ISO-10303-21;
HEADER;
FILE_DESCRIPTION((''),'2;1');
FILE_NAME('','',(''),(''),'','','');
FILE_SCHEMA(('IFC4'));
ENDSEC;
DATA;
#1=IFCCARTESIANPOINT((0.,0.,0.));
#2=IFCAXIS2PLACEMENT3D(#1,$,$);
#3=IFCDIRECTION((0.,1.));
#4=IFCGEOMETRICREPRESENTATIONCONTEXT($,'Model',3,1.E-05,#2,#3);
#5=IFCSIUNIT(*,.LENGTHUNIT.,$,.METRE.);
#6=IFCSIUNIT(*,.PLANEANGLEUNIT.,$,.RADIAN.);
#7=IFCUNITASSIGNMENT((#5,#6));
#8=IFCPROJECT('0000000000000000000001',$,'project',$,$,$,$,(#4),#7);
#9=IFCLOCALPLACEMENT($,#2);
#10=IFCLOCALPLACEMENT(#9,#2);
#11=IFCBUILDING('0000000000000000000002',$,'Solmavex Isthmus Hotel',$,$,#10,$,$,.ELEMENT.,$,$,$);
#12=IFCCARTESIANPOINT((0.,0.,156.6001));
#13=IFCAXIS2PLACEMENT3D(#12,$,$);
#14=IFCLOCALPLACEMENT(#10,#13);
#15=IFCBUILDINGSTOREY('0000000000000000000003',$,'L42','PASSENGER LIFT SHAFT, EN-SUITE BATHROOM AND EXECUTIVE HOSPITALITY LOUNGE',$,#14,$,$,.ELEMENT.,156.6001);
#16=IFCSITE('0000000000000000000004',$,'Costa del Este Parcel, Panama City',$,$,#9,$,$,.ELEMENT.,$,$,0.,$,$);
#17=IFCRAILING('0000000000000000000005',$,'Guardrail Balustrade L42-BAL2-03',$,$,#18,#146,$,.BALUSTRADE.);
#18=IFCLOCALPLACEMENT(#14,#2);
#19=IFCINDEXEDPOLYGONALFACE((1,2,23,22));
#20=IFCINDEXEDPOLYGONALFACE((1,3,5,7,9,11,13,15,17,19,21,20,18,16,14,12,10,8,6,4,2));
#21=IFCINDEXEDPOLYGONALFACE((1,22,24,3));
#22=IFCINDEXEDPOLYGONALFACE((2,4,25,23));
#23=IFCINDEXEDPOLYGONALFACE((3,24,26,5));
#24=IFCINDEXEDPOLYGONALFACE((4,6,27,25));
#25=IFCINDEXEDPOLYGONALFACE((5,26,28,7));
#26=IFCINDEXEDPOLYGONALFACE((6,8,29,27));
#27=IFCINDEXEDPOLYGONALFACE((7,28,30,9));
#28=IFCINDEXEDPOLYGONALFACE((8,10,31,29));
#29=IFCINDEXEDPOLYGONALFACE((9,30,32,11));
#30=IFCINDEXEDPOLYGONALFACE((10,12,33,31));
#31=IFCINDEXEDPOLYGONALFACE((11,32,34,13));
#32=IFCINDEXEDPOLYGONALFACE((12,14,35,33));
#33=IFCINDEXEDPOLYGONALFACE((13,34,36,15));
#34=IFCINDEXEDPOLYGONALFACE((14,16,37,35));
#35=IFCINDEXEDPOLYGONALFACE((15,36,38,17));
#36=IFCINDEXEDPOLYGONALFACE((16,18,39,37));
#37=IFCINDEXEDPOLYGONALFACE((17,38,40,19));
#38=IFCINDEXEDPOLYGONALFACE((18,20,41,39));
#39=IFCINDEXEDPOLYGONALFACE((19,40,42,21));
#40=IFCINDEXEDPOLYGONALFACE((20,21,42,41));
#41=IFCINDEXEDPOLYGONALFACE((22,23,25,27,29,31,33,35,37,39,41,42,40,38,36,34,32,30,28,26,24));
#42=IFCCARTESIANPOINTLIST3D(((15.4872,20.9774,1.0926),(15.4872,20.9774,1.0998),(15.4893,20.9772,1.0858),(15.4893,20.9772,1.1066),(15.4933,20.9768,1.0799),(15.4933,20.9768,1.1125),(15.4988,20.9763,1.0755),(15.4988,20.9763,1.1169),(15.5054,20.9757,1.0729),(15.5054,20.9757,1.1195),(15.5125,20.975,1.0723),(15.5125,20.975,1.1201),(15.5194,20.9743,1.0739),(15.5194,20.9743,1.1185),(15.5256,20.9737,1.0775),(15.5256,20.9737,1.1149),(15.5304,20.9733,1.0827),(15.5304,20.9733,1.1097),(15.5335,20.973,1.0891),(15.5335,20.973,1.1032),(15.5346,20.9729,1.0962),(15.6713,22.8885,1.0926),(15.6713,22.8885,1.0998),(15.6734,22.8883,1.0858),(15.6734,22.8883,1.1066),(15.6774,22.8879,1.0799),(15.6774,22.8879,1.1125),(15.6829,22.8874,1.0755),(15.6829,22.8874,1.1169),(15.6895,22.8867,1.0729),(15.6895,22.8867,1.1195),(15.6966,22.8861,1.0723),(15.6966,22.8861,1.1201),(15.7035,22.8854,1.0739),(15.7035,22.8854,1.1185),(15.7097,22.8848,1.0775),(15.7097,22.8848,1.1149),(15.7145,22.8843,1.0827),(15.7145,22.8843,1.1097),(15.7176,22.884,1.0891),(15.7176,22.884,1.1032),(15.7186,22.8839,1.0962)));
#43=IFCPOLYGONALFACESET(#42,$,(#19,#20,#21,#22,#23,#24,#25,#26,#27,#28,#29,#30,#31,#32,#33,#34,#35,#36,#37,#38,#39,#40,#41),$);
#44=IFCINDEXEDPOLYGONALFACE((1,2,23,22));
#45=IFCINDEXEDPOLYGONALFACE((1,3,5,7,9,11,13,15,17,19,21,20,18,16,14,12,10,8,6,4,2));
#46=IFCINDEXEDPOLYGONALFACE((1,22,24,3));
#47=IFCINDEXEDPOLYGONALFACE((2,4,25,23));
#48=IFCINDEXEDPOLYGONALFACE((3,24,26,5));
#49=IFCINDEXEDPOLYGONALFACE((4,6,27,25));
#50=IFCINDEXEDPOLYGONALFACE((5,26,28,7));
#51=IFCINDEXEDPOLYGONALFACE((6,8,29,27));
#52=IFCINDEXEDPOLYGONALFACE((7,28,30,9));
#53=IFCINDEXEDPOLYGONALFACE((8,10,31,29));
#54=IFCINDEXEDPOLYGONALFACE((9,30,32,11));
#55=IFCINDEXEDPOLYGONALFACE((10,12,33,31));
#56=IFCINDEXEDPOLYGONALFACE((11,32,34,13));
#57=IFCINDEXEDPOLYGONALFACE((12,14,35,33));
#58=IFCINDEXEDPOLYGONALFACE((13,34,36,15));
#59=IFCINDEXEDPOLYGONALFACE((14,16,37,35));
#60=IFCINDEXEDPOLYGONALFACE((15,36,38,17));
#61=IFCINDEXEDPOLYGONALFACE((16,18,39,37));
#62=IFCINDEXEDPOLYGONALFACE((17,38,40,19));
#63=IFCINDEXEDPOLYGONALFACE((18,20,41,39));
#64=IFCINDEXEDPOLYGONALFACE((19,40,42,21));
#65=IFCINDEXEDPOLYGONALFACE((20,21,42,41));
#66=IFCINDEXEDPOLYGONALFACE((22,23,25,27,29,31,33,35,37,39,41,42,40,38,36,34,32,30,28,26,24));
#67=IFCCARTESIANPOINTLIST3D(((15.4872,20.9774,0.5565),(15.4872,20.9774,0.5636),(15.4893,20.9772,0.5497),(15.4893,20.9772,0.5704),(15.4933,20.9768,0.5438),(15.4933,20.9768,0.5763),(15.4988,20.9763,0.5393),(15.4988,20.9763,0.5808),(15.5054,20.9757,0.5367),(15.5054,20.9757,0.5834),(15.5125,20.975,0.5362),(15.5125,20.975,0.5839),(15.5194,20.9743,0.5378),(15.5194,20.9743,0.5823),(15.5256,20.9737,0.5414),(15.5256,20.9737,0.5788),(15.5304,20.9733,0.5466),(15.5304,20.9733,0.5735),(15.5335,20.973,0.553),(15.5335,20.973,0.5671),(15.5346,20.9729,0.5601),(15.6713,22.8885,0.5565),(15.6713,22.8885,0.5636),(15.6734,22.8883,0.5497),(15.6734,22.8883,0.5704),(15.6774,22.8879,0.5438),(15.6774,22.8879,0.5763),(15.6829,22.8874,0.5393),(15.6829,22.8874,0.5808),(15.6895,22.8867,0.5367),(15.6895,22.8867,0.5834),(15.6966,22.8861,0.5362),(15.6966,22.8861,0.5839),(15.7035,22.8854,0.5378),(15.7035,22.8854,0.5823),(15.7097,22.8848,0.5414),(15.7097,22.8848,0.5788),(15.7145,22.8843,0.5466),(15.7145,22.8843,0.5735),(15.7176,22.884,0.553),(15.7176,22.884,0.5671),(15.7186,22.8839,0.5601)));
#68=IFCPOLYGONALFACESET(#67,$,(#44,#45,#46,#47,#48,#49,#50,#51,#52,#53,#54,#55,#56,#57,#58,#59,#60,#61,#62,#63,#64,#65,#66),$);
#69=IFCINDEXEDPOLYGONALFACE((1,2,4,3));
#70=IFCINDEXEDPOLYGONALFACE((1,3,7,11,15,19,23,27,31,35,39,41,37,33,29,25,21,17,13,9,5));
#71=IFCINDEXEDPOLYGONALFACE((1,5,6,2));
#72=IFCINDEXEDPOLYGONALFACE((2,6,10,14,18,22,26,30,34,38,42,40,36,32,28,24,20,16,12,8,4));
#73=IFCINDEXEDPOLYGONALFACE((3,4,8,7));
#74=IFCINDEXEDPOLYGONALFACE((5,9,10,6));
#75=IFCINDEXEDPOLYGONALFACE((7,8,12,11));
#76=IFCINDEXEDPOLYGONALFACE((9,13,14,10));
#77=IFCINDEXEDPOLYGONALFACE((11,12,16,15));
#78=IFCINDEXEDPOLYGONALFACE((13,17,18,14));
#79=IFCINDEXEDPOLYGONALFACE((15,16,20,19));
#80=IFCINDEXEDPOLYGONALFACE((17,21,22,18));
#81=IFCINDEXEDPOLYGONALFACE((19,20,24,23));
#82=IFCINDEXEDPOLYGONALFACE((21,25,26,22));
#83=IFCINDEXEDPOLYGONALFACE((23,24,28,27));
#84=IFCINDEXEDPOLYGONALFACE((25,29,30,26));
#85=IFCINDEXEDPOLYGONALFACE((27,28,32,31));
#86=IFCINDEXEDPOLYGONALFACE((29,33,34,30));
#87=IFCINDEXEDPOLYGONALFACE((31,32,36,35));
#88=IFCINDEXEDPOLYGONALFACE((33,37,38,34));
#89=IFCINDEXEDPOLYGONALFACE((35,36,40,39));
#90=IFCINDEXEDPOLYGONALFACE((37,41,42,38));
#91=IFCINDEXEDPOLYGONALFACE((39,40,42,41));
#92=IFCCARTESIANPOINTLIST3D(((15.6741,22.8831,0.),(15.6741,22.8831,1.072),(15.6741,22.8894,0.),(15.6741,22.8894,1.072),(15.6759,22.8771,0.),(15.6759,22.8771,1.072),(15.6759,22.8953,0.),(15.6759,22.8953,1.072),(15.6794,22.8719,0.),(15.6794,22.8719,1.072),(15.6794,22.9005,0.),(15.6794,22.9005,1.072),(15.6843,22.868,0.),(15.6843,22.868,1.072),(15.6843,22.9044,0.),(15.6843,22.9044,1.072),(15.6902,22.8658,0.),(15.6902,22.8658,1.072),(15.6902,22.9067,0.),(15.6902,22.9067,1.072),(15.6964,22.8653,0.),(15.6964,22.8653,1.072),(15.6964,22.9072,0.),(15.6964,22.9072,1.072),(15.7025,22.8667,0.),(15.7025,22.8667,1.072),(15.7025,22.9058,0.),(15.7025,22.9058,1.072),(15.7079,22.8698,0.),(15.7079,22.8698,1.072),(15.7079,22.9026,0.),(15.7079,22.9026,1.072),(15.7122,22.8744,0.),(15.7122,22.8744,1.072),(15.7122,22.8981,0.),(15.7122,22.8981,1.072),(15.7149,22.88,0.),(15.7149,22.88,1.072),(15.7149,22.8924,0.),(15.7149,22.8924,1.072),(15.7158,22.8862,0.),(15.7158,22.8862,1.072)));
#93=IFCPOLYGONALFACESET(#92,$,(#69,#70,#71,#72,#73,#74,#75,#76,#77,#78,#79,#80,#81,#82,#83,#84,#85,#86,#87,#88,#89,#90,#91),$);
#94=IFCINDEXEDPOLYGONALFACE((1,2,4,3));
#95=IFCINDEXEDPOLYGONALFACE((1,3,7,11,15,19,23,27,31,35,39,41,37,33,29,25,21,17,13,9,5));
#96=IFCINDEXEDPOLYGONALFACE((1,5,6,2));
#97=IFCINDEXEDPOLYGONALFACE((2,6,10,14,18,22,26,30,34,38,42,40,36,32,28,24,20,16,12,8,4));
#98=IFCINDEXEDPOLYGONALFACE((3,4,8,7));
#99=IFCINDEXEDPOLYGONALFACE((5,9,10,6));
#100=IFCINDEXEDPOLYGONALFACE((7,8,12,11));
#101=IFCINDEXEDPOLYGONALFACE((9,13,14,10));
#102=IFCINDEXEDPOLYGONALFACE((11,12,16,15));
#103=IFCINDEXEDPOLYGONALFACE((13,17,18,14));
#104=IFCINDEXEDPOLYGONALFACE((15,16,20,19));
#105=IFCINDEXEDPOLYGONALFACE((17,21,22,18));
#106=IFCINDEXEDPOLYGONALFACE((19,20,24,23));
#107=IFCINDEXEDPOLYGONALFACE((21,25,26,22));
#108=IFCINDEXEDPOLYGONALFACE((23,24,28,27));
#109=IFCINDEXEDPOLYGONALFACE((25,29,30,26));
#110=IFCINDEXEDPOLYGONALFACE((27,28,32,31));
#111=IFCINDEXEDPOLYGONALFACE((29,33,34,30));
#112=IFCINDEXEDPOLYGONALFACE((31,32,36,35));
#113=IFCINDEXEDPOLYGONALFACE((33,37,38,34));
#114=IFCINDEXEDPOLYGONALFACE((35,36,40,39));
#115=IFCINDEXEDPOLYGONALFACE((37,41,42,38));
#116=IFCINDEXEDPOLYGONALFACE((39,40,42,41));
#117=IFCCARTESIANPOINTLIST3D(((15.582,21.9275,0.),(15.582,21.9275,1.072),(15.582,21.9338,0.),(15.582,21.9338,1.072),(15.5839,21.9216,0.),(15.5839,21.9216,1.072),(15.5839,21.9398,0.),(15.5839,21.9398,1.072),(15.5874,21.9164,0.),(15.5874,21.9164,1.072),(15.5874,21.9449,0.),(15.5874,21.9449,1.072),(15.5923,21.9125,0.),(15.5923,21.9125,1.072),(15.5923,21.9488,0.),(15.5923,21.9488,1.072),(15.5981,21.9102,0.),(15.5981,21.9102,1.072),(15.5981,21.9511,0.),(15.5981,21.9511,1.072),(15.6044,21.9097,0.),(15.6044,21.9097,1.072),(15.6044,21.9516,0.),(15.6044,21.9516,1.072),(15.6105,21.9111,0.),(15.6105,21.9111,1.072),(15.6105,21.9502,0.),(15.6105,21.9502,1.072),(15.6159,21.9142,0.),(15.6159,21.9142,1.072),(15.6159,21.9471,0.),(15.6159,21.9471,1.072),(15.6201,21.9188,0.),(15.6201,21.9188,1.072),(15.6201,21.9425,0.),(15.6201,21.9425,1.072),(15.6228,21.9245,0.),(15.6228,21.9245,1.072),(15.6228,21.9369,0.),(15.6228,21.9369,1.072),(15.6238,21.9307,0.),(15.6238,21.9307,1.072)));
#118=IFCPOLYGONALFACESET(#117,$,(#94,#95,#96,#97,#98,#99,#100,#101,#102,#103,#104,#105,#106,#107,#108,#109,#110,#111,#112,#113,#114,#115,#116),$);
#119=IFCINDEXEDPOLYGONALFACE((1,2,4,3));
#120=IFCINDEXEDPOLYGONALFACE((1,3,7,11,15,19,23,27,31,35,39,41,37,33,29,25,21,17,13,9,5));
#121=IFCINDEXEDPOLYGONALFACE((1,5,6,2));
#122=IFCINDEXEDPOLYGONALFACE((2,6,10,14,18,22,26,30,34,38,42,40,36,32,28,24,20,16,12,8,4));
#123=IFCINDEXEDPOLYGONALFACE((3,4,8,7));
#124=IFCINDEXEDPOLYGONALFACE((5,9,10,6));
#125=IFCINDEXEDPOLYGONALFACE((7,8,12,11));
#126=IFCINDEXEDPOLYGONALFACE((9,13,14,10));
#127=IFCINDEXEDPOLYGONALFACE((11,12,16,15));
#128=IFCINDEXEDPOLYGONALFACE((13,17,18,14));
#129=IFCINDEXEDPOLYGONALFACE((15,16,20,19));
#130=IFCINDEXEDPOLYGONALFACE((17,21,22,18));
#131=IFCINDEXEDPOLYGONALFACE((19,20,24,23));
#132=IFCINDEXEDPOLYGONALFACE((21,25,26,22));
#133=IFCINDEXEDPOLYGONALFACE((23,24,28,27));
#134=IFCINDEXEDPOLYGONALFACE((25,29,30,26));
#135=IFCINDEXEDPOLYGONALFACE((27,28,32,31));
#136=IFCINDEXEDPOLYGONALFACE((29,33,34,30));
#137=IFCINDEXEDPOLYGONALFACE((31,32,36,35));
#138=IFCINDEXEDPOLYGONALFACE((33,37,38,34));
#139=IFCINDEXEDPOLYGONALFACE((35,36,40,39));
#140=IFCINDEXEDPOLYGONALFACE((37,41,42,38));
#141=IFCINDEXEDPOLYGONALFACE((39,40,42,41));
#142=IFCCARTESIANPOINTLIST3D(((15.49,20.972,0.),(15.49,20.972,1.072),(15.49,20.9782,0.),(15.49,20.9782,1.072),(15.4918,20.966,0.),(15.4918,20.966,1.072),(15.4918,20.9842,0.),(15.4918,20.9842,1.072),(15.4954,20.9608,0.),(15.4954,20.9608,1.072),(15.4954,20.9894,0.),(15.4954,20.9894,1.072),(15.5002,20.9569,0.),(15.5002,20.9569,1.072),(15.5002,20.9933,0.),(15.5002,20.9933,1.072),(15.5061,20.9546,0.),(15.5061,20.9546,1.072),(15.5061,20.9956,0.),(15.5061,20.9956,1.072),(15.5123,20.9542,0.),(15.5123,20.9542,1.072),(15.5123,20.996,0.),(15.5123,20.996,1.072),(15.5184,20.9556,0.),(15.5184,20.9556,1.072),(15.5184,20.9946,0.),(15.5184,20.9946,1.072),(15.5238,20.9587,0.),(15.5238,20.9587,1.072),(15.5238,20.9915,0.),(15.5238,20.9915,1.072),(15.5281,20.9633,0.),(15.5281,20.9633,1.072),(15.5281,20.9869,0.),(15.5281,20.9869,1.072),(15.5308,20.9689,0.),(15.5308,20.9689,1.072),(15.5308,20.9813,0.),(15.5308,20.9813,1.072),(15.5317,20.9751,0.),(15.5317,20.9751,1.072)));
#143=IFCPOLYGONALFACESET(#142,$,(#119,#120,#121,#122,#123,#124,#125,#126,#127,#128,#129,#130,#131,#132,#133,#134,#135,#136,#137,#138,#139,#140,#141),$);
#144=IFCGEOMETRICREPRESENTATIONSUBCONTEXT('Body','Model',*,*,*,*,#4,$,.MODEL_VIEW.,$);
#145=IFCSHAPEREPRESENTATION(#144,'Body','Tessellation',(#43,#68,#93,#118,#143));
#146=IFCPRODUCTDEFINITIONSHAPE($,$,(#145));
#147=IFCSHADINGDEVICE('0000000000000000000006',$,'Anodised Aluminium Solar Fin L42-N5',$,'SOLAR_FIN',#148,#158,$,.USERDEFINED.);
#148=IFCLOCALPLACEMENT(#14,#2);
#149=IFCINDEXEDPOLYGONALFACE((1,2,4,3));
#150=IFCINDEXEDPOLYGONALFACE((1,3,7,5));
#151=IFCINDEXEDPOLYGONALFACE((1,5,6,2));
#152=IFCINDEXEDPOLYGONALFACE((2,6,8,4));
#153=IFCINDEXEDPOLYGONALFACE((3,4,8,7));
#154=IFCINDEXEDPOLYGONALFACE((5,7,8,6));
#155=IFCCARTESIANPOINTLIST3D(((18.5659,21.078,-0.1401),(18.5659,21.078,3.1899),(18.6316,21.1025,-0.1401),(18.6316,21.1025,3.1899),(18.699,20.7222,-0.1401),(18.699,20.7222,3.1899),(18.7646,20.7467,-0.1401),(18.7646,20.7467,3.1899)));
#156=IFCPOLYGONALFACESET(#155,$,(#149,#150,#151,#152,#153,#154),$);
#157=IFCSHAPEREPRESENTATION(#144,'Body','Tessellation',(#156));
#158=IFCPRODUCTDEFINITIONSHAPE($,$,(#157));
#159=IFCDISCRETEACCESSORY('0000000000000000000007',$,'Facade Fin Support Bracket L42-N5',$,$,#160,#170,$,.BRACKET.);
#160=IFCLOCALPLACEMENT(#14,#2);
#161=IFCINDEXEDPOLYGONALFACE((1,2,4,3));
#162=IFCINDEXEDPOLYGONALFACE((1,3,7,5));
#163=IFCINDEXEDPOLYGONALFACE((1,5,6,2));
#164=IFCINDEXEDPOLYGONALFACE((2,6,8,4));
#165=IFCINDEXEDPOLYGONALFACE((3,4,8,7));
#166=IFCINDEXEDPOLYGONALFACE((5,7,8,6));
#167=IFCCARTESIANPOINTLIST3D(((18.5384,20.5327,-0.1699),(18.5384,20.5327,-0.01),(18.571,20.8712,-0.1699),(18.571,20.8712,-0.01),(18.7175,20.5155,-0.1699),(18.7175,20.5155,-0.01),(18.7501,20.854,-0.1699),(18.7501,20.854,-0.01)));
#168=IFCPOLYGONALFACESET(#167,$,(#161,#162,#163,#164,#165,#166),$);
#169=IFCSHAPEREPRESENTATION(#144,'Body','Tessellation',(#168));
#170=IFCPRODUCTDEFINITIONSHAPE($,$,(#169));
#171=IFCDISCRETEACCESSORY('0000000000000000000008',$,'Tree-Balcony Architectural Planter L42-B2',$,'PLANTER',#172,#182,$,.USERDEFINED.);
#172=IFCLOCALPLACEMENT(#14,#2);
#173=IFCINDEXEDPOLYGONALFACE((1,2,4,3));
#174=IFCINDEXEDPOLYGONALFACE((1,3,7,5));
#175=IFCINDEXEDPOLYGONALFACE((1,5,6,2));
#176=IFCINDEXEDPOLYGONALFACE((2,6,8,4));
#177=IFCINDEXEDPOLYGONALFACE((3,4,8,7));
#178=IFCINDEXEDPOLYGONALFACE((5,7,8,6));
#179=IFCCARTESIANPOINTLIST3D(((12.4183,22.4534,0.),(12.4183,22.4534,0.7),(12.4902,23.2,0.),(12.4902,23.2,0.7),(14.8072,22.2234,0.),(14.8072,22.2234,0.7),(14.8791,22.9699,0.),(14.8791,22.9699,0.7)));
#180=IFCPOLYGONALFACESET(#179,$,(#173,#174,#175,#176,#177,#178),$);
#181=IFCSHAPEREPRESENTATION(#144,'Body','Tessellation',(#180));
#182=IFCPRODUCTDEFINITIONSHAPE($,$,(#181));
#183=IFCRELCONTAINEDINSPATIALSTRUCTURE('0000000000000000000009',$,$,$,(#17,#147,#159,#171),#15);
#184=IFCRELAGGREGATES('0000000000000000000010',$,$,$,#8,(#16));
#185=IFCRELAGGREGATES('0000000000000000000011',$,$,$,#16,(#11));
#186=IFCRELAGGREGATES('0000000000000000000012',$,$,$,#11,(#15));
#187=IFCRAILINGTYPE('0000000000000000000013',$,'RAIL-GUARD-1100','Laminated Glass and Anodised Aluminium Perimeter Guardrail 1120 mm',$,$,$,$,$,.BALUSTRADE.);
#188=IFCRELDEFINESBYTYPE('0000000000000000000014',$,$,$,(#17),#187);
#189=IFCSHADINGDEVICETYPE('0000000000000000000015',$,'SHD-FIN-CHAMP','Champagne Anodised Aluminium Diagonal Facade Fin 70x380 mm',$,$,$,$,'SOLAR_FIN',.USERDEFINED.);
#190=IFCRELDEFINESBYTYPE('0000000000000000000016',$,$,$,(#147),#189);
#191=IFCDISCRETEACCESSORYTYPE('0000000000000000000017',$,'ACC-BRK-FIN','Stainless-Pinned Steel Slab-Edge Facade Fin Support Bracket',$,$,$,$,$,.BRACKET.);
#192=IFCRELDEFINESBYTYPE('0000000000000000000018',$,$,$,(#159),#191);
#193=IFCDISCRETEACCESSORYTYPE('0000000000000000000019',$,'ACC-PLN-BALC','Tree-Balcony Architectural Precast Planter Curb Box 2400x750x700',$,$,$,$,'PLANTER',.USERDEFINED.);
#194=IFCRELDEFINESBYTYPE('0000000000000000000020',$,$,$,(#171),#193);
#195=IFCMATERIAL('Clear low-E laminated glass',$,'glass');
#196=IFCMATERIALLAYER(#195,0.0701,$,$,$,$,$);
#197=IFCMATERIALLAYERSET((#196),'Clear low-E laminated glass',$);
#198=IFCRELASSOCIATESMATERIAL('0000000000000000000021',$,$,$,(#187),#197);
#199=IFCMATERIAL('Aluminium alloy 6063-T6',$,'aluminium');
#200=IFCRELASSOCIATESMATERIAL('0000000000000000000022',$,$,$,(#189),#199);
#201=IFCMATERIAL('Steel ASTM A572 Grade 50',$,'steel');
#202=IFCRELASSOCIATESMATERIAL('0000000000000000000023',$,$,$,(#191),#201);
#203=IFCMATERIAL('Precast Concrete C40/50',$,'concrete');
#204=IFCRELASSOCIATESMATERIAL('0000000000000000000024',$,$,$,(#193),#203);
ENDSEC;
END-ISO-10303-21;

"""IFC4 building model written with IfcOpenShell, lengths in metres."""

from ifc_helpers import new_model, si_unit, direction, frame, origin, origin_2d, place, context, subcontext, project, spatial, rectangle, circle, extrude, material, layer, layer_set, type_object, element, save


model = new_model("IFC4")

# Units and contexts
model_context = context("Model", 3, precision=1e-05, world=origin(), true_north=direction((0.0, 1.0)))
body_context = subcontext(model_context, "Body", "Model", "MODEL_VIEW")
ifc_project = project(units=[si_unit("LENGTHUNIT", "METRE"), si_unit("PLANEANGLEUNIT", "RADIAN")], contexts=[model_context])

# Site, building, storey
site_placement = place(None, origin())
site = spatial("IfcSite", under=ifc_project, at=site_placement, Name="Costa del Este Parcel, Panama City", CompositionType="ELEMENT", RefElevation=0.0)
building_placement = place(site_placement, origin())
building = spatial("IfcBuilding", under=site, at=building_placement, Name="Solmavex Isthmus Hotel", CompositionType="ELEMENT")
storey_placement = place(building_placement, frame((0.0, 0.0, 156.6001)))
storey = spatial("IfcBuildingStorey", under=building, at=storey_placement, Name="L42", Description="PASSENGER LIFT SHAFT, EN-SUITE BATHROOM AND EXECUTIVE HOSPITALITY LOUNGE", CompositionType="ELEMENT", Elevation=156.6001)

# Shared definitions
ifc_material_1 = material(Name="Aluminium alloy 6063-T6", Category="aluminium")

# Shared definitions
ifc_material_2 = material(Name="Clear low-E laminated glass", Category="glass")

# Shared definitions
ifc_material_3 = material(Name="Precast Concrete C40/50", Category="concrete")

# Railing
ifc_layer_1 = layer(ifc_material_2, 0.0701)
ifc_layer_set_1 = layer_set([ifc_layer_1], Name="Clear low-E laminated glass")
railing_type = type_object("IfcRailingType", Name="RAIL-GUARD-1100", Description="Laminated Glass and Anodised Aluminium Perimeter Guardrail 1120 mm", PredefinedType="BALUSTRADE", material=ifc_layer_set_1)
railing_1_placement = place(storey_placement, frame((15.6948, 22.8862, 0.0)))
element("IfcRailing", 1, at=railing_1_placement, inside=storey, type_object=railing_type, Name="Guardrail Balustrade L42-BAL2-03", PredefinedType="BALUSTRADE", context=body_context, shape_type="SweptSolid", body=[
    extrude(circle(Radius=0.0239, at=origin_2d()), frame((0.0, 0.0, 1.0962), z_axis=(-0.095877, -0.995393, 0.0), x_axis=(0.995393, -0.095877, 0.0)), (0.0, 0.0, 1.0), 1.9199),
    extrude(circle(Radius=0.0239, at=origin_2d()), frame((0.0, 0.0, 0.5601), z_axis=(-0.095877, -0.995393, 0.0), x_axis=(0.995393, -0.095877, 0.0)), (0.0, 0.0, 1.0), 1.9199),
    extrude(circle(Radius=0.021, at=origin_2d()), origin(), (0.0, 0.0, 1.0), 1.072),
    extrude(circle(Radius=0.021, at=origin_2d()), frame((-0.092, -0.9556, 0.0)), (0.0, 0.0, 1.0), 1.072),
    extrude(circle(Radius=0.021, at=origin_2d()), frame((-0.1841, -1.9111, 0.0)), (0.0, 0.0, 1.0), 1.072),
])

# Shading device
shading_device_type = type_object("IfcShadingDeviceType", Name="SHD-FIN-CHAMP", Description="Champagne Anodised Aluminium Diagonal Facade Fin 70x380 mm", ElementType="SOLAR_FIN", PredefinedType="USERDEFINED", material=ifc_material_1)
shading_device_placement = place(storey_placement, frame((18.6653, 20.9124, -0.1401), z_axis=(0.0, 0.0, 1.0), x_axis=(-0.350207, 0.936672, 0.0)))
element("IfcShadingDevice", 2, at=shading_device_placement, inside=storey, type_object=shading_device_type, Name="Anodised Aluminium Solar Fin L42-N5", ObjectType="SOLAR_FIN", PredefinedType="USERDEFINED", context=body_context, shape_type="SweptSolid", body=[
    extrude(rectangle(XDim=0.3799, YDim=0.0701, at=origin_2d()), origin(), (0.0, 0.0, 1.0), 3.3301),
])

# Discrete accessories
ifc_material_4 = material(Name="Steel ASTM A572 Grade 50", Category="steel")
discrete_accessory_type_1 = type_object("IfcDiscreteAccessoryType", Name="ACC-BRK-FIN", Description="Stainless-Pinned Steel Slab-Edge Facade Fin Support Bracket", PredefinedType="BRACKET", material=ifc_material_4)
discrete_accessory_1_placement = place(storey_placement, frame((18.6443, 20.6934, -0.1699), z_axis=(0.0, 0.0, 1.0), x_axis=(0.095846, 0.995396, 0.0)))
element("IfcDiscreteAccessory", 3, at=discrete_accessory_1_placement, inside=storey, type_object=discrete_accessory_type_1, Name="Facade Fin Support Bracket L42-N5", PredefinedType="BRACKET", context=body_context, shape_type="SweptSolid", body=[
    extrude(rectangle(XDim=0.3401, YDim=0.1799, at=origin_2d()), origin(), (0.0, 0.0, 1.0), 0.1599),
])
discrete_accessory_type_2 = type_object("IfcDiscreteAccessoryType", Name="ACC-PLN-BALC", Description="Tree-Balcony Architectural Precast Planter Curb Box 2400x750x700", ElementType="PLANTER", PredefinedType="USERDEFINED", material=ifc_material_3)
discrete_accessory_2_placement = place(storey_placement, frame((13.6487, 22.7117, 0.0), z_axis=(0.0, 0.0, 1.0), x_axis=(0.995396, -0.095846, 0.0)))
element("IfcDiscreteAccessory", 4, at=discrete_accessory_2_placement, inside=storey, type_object=discrete_accessory_type_2, Name="Tree-Balcony Architectural Planter L42-B2", ObjectType="PLANTER", PredefinedType="USERDEFINED", context=body_context, shape_type="SweptSolid", body=[
    extrude(rectangle(XDim=2.3999, YDim=0.75, at=origin_2d()), origin(), (0.0, 0.0, 1.0), 0.7),
])

save(model, "model.ifc")
